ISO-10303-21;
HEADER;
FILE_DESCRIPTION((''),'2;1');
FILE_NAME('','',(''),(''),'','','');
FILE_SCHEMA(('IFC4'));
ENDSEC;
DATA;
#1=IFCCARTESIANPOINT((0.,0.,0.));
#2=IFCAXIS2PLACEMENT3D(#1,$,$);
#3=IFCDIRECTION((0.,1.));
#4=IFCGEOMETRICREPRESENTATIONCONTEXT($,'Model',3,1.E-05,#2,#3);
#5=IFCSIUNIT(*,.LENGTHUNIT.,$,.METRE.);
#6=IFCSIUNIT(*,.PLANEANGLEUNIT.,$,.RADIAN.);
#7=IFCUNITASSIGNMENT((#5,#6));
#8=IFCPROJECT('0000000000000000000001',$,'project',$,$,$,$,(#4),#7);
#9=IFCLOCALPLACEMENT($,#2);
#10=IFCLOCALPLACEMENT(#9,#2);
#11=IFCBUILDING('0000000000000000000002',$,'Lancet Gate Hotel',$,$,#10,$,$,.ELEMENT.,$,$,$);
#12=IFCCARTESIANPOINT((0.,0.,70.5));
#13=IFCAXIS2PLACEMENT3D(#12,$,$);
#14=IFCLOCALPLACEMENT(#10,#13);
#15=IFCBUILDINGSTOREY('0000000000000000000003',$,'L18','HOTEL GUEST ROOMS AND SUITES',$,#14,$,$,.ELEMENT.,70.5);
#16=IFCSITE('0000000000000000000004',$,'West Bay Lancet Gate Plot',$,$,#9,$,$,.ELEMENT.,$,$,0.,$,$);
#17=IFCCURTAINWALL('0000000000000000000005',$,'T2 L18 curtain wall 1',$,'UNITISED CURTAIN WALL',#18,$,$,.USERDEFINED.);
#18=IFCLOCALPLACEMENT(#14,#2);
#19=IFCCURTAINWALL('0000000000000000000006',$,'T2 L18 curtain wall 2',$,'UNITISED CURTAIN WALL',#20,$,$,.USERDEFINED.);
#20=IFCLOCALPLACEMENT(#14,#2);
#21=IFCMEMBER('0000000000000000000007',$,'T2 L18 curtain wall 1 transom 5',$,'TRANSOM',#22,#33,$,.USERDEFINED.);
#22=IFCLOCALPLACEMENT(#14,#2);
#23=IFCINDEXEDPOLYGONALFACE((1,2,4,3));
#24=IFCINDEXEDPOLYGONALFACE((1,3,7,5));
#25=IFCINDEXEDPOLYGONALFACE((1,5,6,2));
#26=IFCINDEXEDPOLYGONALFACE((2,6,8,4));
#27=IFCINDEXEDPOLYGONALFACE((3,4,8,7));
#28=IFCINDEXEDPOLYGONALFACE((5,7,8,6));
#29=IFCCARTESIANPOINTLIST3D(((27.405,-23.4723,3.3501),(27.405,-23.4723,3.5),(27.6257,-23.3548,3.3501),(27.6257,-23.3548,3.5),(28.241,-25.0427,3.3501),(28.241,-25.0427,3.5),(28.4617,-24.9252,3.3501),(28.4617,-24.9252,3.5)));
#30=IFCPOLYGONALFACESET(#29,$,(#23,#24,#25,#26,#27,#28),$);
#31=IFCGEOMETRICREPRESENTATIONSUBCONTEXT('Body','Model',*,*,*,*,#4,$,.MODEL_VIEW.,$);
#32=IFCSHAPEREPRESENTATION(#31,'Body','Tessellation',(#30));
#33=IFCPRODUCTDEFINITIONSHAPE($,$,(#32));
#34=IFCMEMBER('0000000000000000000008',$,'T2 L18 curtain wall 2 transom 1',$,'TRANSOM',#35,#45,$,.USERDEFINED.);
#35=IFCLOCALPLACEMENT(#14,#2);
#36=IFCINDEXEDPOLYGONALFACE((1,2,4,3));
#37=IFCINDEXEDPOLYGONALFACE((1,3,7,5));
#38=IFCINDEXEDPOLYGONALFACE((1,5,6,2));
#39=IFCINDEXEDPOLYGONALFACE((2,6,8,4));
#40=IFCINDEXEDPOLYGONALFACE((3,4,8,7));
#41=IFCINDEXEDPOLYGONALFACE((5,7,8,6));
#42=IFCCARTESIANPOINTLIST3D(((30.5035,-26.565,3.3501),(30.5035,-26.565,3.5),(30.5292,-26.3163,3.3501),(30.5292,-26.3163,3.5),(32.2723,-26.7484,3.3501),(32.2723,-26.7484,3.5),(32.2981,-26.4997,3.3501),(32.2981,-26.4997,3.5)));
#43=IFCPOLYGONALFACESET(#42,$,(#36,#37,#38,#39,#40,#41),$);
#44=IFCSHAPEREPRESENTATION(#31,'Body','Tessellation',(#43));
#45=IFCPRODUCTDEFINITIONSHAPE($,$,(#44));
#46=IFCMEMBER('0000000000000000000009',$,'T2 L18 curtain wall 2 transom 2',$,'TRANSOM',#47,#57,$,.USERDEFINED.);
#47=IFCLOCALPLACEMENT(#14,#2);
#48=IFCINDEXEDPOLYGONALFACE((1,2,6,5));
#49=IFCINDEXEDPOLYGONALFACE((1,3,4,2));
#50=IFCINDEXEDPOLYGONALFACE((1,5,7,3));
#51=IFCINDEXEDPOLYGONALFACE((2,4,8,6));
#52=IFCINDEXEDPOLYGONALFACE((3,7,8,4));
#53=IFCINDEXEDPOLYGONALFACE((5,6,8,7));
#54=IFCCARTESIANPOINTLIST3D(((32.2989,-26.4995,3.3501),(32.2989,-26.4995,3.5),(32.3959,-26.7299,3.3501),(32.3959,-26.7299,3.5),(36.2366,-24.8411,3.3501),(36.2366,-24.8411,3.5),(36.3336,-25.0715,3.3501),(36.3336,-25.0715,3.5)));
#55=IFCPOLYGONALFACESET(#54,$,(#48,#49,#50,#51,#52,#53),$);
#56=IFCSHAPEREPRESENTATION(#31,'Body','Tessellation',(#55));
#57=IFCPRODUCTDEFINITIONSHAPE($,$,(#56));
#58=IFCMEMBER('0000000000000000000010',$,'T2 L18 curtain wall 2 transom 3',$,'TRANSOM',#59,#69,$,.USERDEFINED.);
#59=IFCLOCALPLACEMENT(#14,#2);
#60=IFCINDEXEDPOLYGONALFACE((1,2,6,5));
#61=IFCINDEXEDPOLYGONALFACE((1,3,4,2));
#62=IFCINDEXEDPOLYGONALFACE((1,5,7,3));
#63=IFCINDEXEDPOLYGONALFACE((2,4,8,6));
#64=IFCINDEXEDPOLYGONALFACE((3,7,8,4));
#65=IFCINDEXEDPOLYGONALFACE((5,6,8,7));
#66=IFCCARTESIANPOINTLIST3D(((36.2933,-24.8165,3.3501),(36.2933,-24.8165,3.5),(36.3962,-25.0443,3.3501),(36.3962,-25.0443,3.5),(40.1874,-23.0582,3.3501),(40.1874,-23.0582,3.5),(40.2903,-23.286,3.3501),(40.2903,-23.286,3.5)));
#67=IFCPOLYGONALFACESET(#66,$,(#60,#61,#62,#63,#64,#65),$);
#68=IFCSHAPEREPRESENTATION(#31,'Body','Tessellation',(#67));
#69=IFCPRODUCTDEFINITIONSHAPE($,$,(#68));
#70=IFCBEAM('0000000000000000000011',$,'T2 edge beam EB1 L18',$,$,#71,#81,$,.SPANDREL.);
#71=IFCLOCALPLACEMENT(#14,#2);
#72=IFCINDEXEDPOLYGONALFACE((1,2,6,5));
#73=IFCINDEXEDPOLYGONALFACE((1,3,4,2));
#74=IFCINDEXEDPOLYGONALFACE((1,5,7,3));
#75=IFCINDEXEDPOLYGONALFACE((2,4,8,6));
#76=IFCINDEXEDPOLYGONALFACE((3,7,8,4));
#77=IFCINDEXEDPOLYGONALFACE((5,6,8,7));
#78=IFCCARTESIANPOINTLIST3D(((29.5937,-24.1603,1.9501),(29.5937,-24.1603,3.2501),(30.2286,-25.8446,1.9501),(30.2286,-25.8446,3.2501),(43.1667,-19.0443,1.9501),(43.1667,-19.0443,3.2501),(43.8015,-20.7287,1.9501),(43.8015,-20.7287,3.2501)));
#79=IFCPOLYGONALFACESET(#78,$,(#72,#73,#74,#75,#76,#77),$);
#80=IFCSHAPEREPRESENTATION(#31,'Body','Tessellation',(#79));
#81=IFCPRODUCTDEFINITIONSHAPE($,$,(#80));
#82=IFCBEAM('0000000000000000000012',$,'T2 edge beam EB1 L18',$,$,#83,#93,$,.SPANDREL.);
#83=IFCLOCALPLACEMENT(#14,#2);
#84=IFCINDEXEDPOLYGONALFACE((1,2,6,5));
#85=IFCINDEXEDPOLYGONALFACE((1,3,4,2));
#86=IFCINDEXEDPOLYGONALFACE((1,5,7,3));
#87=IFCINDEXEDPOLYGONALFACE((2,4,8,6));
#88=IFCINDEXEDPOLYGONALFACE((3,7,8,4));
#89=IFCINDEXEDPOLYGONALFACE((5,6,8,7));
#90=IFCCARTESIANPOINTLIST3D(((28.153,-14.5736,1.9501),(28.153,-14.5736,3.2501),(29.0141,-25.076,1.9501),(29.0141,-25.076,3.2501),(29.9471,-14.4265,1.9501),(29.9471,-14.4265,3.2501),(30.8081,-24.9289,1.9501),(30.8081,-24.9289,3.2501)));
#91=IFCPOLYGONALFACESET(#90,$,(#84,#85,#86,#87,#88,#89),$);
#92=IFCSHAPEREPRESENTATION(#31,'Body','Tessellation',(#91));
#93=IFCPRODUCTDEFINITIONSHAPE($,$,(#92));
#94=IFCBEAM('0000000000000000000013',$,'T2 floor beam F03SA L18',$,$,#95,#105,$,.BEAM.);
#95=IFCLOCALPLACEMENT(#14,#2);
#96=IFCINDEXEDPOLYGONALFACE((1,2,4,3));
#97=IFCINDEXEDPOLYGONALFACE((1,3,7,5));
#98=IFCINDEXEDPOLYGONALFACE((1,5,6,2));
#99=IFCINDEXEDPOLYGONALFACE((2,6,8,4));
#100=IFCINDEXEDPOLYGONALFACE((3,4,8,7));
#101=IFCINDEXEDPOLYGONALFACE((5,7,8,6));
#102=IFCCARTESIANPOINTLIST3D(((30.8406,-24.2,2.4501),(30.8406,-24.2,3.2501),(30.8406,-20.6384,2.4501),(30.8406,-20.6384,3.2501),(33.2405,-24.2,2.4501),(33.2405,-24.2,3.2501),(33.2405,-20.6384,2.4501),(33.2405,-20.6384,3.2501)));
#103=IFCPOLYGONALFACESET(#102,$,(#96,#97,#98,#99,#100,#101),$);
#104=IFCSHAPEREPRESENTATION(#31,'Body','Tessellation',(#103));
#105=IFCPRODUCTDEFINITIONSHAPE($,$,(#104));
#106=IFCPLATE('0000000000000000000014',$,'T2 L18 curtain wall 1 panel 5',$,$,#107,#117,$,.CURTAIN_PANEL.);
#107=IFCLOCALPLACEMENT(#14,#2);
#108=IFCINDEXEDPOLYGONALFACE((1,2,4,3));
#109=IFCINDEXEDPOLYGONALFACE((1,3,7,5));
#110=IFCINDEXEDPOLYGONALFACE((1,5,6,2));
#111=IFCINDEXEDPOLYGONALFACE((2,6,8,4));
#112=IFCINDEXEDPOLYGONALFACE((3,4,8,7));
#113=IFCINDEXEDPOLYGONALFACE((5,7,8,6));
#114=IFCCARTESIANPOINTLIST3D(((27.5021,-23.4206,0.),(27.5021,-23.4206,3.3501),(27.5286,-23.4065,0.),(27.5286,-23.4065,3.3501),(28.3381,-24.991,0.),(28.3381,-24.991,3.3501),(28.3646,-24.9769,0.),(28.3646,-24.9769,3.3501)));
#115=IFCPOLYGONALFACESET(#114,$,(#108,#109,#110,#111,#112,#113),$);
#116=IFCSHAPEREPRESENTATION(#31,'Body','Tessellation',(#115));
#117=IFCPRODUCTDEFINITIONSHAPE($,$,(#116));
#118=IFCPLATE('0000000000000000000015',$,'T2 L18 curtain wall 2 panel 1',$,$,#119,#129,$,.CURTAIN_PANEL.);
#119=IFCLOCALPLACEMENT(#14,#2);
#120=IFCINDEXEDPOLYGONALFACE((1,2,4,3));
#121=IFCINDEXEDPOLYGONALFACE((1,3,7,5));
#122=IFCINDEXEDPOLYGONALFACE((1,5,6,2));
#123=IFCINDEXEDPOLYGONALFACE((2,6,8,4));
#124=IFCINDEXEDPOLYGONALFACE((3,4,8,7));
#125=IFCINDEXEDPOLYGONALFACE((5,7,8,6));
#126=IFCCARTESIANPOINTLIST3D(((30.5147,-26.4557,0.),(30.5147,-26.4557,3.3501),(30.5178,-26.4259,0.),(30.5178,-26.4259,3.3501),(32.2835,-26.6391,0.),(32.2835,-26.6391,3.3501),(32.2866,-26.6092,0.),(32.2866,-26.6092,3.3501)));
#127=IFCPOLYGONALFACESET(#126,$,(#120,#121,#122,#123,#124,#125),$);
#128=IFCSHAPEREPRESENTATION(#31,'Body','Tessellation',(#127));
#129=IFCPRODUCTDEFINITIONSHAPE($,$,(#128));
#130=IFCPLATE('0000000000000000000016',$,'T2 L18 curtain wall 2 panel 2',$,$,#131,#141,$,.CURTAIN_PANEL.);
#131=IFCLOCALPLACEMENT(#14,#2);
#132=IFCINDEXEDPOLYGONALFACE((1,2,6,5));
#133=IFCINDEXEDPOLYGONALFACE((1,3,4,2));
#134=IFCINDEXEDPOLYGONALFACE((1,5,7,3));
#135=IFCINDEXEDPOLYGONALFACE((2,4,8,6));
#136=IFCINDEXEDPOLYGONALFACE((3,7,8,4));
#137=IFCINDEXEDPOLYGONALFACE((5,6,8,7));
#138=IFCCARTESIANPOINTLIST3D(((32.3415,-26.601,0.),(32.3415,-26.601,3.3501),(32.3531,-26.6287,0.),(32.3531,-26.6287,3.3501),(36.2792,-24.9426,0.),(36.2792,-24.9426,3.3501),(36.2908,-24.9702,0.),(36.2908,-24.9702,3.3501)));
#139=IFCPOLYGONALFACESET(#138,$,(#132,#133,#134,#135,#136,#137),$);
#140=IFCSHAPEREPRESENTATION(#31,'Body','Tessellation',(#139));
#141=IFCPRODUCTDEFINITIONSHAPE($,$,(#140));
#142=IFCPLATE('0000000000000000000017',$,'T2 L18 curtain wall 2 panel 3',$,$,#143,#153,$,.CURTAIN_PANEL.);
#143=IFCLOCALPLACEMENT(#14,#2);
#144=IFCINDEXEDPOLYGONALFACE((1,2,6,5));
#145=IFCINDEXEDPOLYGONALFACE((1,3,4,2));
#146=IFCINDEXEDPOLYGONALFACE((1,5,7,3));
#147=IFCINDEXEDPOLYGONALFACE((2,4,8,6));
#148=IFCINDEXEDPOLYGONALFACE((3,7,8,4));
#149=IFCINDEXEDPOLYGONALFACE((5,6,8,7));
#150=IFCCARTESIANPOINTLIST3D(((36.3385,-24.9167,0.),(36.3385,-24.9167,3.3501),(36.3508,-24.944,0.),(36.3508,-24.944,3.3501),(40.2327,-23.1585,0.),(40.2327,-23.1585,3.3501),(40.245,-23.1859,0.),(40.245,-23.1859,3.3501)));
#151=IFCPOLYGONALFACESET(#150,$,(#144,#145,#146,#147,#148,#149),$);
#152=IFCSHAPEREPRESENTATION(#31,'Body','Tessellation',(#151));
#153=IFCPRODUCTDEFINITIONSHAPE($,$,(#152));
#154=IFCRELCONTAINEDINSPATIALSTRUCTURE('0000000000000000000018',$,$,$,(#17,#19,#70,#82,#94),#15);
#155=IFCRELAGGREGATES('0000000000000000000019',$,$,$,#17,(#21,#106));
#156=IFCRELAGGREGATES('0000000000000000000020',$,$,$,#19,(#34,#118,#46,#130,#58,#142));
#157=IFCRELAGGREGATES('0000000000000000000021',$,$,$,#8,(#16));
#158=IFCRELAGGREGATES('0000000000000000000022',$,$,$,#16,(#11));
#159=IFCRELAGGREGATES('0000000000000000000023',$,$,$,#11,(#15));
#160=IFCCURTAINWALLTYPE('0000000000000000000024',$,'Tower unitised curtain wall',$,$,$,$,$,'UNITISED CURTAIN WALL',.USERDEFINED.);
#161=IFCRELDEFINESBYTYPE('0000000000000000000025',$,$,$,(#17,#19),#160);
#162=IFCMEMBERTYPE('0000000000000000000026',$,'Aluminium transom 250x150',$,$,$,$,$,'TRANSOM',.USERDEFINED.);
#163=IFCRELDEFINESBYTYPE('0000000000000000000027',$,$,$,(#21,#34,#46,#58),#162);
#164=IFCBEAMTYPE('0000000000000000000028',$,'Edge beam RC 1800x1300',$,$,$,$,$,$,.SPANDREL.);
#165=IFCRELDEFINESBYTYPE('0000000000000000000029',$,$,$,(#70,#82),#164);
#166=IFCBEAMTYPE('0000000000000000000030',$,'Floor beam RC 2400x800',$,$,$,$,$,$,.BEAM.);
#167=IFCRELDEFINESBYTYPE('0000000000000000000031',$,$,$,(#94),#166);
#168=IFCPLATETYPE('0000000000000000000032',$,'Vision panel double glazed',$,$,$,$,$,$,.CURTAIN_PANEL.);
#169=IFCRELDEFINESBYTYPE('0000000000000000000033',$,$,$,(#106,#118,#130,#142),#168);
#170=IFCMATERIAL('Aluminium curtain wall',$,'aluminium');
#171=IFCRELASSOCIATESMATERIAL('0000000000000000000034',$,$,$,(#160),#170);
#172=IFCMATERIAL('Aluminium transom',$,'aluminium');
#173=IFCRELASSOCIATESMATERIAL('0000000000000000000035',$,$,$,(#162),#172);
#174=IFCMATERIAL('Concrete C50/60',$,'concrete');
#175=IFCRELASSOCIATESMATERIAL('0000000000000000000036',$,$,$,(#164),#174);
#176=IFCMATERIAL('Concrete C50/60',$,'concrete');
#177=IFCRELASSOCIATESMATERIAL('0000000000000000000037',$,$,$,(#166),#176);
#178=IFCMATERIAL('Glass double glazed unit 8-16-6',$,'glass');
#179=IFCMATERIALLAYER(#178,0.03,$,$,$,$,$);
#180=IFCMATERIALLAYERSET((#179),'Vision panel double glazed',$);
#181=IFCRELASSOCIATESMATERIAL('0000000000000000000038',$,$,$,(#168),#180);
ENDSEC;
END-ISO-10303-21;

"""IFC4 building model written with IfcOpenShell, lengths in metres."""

from ifc_helpers import new_model, si_unit, direction, frame, origin, origin_2d, place, context, subcontext, project, spatial, rectangle, extrude, material, layer, layer_set, material_profile, profile_set, type_object, element, aggregate, save


model = new_model("IFC4")

# Units and contexts
model_context = context("Model", 3, precision=1e-05, world=origin(), true_north=direction((0.0, 1.0)))
body_context = subcontext(model_context, "Body", "Model", "MODEL_VIEW")
ifc_project = project(units=[si_unit("LENGTHUNIT", "METRE"), si_unit("PLANEANGLEUNIT", "RADIAN")], contexts=[model_context])

# Site, building, storey
site_placement = place(None, origin())
site = spatial("IfcSite", under=ifc_project, at=site_placement, Name="West Bay Lancet Gate Plot", CompositionType="ELEMENT", RefElevation=0.0)
building_placement = place(site_placement, origin())
building = spatial("IfcBuilding", under=site, at=building_placement, Name="Lancet Gate Hotel", CompositionType="ELEMENT")
storey_placement = place(building_placement, frame((0.0, 0.0, 70.5)))
storey = spatial("IfcBuildingStorey", under=building, at=storey_placement, Name="L18", Description="HOTEL GUEST ROOMS AND SUITES", CompositionType="ELEMENT", Elevation=70.5)

# Curtain walls
ifc_material_1 = material(Name="Aluminium curtain wall", Category="aluminium")
curtain_wall_type = type_object("IfcCurtainWallType", Name="Tower unitised curtain wall", ElementType="UNITISED CURTAIN WALL", PredefinedType="USERDEFINED", material=ifc_material_1)
curtain_wall_1_placement = place(storey_placement, origin())
curtain_wall_1 = element("IfcCurtainWall", 1, at=curtain_wall_1_placement, inside=storey, type_object=curtain_wall_type, Name="T2 L18 curtain wall 1", ObjectType="UNITISED CURTAIN WALL", PredefinedType="USERDEFINED")
curtain_wall_2_placement = place(storey_placement, origin())
curtain_wall_2 = element("IfcCurtainWall", 2, at=curtain_wall_2_placement, inside=storey, type_object=curtain_wall_type, Name="T2 L18 curtain wall 2", ObjectType="UNITISED CURTAIN WALL", PredefinedType="USERDEFINED")

# Members
ifc_material_2 = material(Name="Aluminium transom", Category="aluminium")
ifc_material_profile_1 = material_profile(ifc_material_2, rectangle(XDim=0.25, YDim=0.1499, at=origin_2d()), Name="TRANSOM 250x150")
ifc_profile_set_1 = profile_set([ifc_material_profile_1], Name="Aluminium transom")
member_type_1 = type_object("IfcMemberType", Name="Aluminium transom 250x150", ElementType="TRANSOM", PredefinedType="USERDEFINED", material=ifc_profile_set_1)
member_1_placement = place(storey_placement, frame((27.5154, -23.4136, 3.425), z_axis=(0.469904, -0.882717, 0.0), x_axis=(0.882717, 0.469904, 0.0)))
member_1 = element("IfcMember", 3, at=member_1_placement, type_object=member_type_1, Name="T2 L18 curtain wall 1 transom 5", ObjectType="TRANSOM", PredefinedType="USERDEFINED", context=body_context, shape_type="SweptSolid", body=[
    extrude(rectangle(XDim=0.25, YDim=0.1499, at=origin_2d()), origin(), (0.0, 0.0, 1.0), 1.7791),
])
member_2_placement = place(storey_placement, frame((30.5164, -26.4407, 3.425), z_axis=(0.99467, -0.103105, 0.0), x_axis=(0.103105, 0.99467, 0.0)))
member_2 = element("IfcMember", 4, at=member_2_placement, type_object=member_type_1, Name="T2 L18 curtain wall 2 transom 1", ObjectType="TRANSOM", PredefinedType="USERDEFINED", context=body_context, shape_type="SweptSolid", body=[
    extrude(rectangle(XDim=0.25, YDim=0.1499, at=origin_2d()), origin(), (0.0, 0.0, 1.0), 1.7783),
])
member_3_placement = place(storey_placement, frame((32.3474, -26.6147, 3.425), z_axis=(0.921598, 0.388146, 0.0), x_axis=(-0.388146, 0.921598, 0.0)))
member_3 = element("IfcMember", 5, at=member_3_placement, type_object=member_type_1, Name="T2 L18 curtain wall 2 transom 2", ObjectType="TRANSOM", PredefinedType="USERDEFINED", context=body_context, shape_type="SweptSolid", body=[
    extrude(rectangle(XDim=0.25, YDim=0.1499, at=origin_2d()), origin(), (0.0, 0.0, 1.0), 4.2727),
])
member_4_placement = place(storey_placement, frame((36.3447, -24.9304, 3.425), z_axis=(0.911397, 0.411529, 0.0), x_axis=(-0.411529, 0.911397, 0.0)))
member_4 = element("IfcMember", 6, at=member_4_placement, type_object=member_type_1, Name="T2 L18 curtain wall 2 transom 3", ObjectType="TRANSOM", PredefinedType="USERDEFINED", context=body_context, shape_type="SweptSolid", body=[
    extrude(rectangle(XDim=0.25, YDim=0.1499, at=origin_2d()), origin(), (0.0, 0.0, 1.0), 4.2727),
])

# Beams
ifc_material_3 = material(Name="Concrete C50/60", Category="concrete")
ifc_material_profile_2 = material_profile(ifc_material_3, rectangle(XDim=1.8, YDim=1.3, at=origin_2d()), Name="RC 1800x1300")
ifc_profile_set_2 = profile_set([ifc_material_profile_2], Name="Concrete C50/60")
beam_type_1 = type_object("IfcBeamType", Name="Edge beam RC 1800x1300", PredefinedType="SPANDREL", material=ifc_profile_set_2)
beam_1_placement = place(storey_placement, frame((29.9111, -25.0024, 2.6001), z_axis=(0.935736, 0.3527, 0.0), x_axis=(-0.3527, 0.935736, 0.0)))
element("IfcBeam", 7, at=beam_1_placement, inside=storey, type_object=beam_type_1, Name="T2 edge beam EB1 L18", PredefinedType="SPANDREL", context=body_context, shape_type="SweptSolid", body=[
    extrude(rectangle(XDim=1.8, YDim=1.3, at=origin_2d()), origin(), (0.0, 0.0, 1.0), 14.5051),
])
beam_2_placement = place(storey_placement, frame((29.9111, -25.0024, 2.6001), z_axis=(-0.081715, 0.996656, 0.0), x_axis=(-0.996656, -0.081715, 0.0)))
element("IfcBeam", 8, at=beam_2_placement, inside=storey, type_object=beam_type_1, Name="T2 edge beam EB1 L18", PredefinedType="SPANDREL", context=body_context, shape_type="SweptSolid", body=[
    extrude(rectangle(XDim=1.8, YDim=1.3, at=origin_2d()), origin(), (0.0, 0.0, 1.0), 10.5376),
])
ifc_material_4 = material(Name="Concrete C50/60", Category="concrete")
ifc_material_profile_3 = material_profile(ifc_material_4, rectangle(XDim=2.3999, YDim=0.8, at=origin_2d()), Name="RC 2400x800")
ifc_profile_set_3 = profile_set([ifc_material_profile_3], Name="Concrete C50/60")
beam_type_2 = type_object("IfcBeamType", Name="Floor beam RC 2400x800", PredefinedType="BEAM", material=ifc_profile_set_3)
beam_3_placement = place(storey_placement, frame((32.0405, -24.2, 2.8501), z_axis=(0.0, 1.0, 0.0), x_axis=(-1.0, 0.0, 0.0)))
element("IfcBeam", 9, at=beam_3_placement, inside=storey, type_object=beam_type_2, Name="T2 floor beam F03SA L18", PredefinedType="BEAM", context=body_context, shape_type="SweptSolid", body=[
    extrude(rectangle(XDim=2.3999, YDim=0.8, at=origin_2d()), origin(), (0.0, 0.0, 1.0), 3.5615),
])

# Plates
ifc_material_5 = material(Name="Glass double glazed unit 8-16-6", Category="glass")
ifc_layer = layer(ifc_material_5, 0.03)
ifc_layer_set = layer_set([ifc_layer], Name="Vision panel double glazed")
plate_type = type_object("IfcPlateType", Name="Vision panel double glazed", PredefinedType="CURTAIN_PANEL", material=ifc_layer_set)
plate_1_placement = place(storey_placement, frame((27.9333, -24.1987, 0.0), z_axis=(0.0, 0.0, 1.0), x_axis=(0.469898, -0.882721, 0.0)))
plate_1 = element("IfcPlate", 10, at=plate_1_placement, type_object=plate_type, Name="T2 L18 curtain wall 1 panel 5", PredefinedType="CURTAIN_PANEL", context=body_context, shape_type="SweptSolid", body=[
    extrude(rectangle(XDim=1.7791, YDim=0.03, at=origin_2d()), origin(), (0.0, 0.0, 1.0), 3.3501),
])
aggregate(curtain_wall_1, [member_1, plate_1])
plate_2_placement = place(storey_placement, frame((31.4006, -26.5325, 0.0), z_axis=(0.0, 0.0, 1.0), x_axis=(0.994672, -0.103088, 0.0)))
plate_2 = element("IfcPlate", 11, at=plate_2_placement, type_object=plate_type, Name="T2 L18 curtain wall 2 panel 1", PredefinedType="CURTAIN_PANEL", context=body_context, shape_type="SweptSolid", body=[
    extrude(rectangle(XDim=1.7783, YDim=0.03, at=origin_2d()), origin(), (0.0, 0.0, 1.0), 3.3501),
])
plate_3_placement = place(storey_placement, frame((34.3162, -25.7856, 0.0), z_axis=(0.0, 0.0, 1.0), x_axis=(0.921593, 0.388157, 0.0)))
plate_3 = element("IfcPlate", 12, at=plate_3_placement, type_object=plate_type, Name="T2 L18 curtain wall 2 panel 2", PredefinedType="CURTAIN_PANEL", context=body_context, shape_type="SweptSolid", body=[
    extrude(rectangle(XDim=4.2727, YDim=0.03, at=origin_2d()), origin(), (0.0, 0.0, 1.0), 3.3501),
])
plate_4_placement = place(storey_placement, frame((38.2917, -24.0513, 0.0), z_axis=(0.0, 0.0, 1.0), x_axis=(0.911416, 0.411487, 0.0)))
plate_4 = element("IfcPlate", 13, at=plate_4_placement, type_object=plate_type, Name="T2 L18 curtain wall 2 panel 3", PredefinedType="CURTAIN_PANEL", context=body_context, shape_type="SweptSolid", body=[
    extrude(rectangle(XDim=4.2727, YDim=0.03, at=origin_2d()), origin(), (0.0, 0.0, 1.0), 3.3501),
])
aggregate(curtain_wall_2, [member_2, plate_2, member_3, plate_3, member_4, plate_4])

save(model, "model.ifc")
